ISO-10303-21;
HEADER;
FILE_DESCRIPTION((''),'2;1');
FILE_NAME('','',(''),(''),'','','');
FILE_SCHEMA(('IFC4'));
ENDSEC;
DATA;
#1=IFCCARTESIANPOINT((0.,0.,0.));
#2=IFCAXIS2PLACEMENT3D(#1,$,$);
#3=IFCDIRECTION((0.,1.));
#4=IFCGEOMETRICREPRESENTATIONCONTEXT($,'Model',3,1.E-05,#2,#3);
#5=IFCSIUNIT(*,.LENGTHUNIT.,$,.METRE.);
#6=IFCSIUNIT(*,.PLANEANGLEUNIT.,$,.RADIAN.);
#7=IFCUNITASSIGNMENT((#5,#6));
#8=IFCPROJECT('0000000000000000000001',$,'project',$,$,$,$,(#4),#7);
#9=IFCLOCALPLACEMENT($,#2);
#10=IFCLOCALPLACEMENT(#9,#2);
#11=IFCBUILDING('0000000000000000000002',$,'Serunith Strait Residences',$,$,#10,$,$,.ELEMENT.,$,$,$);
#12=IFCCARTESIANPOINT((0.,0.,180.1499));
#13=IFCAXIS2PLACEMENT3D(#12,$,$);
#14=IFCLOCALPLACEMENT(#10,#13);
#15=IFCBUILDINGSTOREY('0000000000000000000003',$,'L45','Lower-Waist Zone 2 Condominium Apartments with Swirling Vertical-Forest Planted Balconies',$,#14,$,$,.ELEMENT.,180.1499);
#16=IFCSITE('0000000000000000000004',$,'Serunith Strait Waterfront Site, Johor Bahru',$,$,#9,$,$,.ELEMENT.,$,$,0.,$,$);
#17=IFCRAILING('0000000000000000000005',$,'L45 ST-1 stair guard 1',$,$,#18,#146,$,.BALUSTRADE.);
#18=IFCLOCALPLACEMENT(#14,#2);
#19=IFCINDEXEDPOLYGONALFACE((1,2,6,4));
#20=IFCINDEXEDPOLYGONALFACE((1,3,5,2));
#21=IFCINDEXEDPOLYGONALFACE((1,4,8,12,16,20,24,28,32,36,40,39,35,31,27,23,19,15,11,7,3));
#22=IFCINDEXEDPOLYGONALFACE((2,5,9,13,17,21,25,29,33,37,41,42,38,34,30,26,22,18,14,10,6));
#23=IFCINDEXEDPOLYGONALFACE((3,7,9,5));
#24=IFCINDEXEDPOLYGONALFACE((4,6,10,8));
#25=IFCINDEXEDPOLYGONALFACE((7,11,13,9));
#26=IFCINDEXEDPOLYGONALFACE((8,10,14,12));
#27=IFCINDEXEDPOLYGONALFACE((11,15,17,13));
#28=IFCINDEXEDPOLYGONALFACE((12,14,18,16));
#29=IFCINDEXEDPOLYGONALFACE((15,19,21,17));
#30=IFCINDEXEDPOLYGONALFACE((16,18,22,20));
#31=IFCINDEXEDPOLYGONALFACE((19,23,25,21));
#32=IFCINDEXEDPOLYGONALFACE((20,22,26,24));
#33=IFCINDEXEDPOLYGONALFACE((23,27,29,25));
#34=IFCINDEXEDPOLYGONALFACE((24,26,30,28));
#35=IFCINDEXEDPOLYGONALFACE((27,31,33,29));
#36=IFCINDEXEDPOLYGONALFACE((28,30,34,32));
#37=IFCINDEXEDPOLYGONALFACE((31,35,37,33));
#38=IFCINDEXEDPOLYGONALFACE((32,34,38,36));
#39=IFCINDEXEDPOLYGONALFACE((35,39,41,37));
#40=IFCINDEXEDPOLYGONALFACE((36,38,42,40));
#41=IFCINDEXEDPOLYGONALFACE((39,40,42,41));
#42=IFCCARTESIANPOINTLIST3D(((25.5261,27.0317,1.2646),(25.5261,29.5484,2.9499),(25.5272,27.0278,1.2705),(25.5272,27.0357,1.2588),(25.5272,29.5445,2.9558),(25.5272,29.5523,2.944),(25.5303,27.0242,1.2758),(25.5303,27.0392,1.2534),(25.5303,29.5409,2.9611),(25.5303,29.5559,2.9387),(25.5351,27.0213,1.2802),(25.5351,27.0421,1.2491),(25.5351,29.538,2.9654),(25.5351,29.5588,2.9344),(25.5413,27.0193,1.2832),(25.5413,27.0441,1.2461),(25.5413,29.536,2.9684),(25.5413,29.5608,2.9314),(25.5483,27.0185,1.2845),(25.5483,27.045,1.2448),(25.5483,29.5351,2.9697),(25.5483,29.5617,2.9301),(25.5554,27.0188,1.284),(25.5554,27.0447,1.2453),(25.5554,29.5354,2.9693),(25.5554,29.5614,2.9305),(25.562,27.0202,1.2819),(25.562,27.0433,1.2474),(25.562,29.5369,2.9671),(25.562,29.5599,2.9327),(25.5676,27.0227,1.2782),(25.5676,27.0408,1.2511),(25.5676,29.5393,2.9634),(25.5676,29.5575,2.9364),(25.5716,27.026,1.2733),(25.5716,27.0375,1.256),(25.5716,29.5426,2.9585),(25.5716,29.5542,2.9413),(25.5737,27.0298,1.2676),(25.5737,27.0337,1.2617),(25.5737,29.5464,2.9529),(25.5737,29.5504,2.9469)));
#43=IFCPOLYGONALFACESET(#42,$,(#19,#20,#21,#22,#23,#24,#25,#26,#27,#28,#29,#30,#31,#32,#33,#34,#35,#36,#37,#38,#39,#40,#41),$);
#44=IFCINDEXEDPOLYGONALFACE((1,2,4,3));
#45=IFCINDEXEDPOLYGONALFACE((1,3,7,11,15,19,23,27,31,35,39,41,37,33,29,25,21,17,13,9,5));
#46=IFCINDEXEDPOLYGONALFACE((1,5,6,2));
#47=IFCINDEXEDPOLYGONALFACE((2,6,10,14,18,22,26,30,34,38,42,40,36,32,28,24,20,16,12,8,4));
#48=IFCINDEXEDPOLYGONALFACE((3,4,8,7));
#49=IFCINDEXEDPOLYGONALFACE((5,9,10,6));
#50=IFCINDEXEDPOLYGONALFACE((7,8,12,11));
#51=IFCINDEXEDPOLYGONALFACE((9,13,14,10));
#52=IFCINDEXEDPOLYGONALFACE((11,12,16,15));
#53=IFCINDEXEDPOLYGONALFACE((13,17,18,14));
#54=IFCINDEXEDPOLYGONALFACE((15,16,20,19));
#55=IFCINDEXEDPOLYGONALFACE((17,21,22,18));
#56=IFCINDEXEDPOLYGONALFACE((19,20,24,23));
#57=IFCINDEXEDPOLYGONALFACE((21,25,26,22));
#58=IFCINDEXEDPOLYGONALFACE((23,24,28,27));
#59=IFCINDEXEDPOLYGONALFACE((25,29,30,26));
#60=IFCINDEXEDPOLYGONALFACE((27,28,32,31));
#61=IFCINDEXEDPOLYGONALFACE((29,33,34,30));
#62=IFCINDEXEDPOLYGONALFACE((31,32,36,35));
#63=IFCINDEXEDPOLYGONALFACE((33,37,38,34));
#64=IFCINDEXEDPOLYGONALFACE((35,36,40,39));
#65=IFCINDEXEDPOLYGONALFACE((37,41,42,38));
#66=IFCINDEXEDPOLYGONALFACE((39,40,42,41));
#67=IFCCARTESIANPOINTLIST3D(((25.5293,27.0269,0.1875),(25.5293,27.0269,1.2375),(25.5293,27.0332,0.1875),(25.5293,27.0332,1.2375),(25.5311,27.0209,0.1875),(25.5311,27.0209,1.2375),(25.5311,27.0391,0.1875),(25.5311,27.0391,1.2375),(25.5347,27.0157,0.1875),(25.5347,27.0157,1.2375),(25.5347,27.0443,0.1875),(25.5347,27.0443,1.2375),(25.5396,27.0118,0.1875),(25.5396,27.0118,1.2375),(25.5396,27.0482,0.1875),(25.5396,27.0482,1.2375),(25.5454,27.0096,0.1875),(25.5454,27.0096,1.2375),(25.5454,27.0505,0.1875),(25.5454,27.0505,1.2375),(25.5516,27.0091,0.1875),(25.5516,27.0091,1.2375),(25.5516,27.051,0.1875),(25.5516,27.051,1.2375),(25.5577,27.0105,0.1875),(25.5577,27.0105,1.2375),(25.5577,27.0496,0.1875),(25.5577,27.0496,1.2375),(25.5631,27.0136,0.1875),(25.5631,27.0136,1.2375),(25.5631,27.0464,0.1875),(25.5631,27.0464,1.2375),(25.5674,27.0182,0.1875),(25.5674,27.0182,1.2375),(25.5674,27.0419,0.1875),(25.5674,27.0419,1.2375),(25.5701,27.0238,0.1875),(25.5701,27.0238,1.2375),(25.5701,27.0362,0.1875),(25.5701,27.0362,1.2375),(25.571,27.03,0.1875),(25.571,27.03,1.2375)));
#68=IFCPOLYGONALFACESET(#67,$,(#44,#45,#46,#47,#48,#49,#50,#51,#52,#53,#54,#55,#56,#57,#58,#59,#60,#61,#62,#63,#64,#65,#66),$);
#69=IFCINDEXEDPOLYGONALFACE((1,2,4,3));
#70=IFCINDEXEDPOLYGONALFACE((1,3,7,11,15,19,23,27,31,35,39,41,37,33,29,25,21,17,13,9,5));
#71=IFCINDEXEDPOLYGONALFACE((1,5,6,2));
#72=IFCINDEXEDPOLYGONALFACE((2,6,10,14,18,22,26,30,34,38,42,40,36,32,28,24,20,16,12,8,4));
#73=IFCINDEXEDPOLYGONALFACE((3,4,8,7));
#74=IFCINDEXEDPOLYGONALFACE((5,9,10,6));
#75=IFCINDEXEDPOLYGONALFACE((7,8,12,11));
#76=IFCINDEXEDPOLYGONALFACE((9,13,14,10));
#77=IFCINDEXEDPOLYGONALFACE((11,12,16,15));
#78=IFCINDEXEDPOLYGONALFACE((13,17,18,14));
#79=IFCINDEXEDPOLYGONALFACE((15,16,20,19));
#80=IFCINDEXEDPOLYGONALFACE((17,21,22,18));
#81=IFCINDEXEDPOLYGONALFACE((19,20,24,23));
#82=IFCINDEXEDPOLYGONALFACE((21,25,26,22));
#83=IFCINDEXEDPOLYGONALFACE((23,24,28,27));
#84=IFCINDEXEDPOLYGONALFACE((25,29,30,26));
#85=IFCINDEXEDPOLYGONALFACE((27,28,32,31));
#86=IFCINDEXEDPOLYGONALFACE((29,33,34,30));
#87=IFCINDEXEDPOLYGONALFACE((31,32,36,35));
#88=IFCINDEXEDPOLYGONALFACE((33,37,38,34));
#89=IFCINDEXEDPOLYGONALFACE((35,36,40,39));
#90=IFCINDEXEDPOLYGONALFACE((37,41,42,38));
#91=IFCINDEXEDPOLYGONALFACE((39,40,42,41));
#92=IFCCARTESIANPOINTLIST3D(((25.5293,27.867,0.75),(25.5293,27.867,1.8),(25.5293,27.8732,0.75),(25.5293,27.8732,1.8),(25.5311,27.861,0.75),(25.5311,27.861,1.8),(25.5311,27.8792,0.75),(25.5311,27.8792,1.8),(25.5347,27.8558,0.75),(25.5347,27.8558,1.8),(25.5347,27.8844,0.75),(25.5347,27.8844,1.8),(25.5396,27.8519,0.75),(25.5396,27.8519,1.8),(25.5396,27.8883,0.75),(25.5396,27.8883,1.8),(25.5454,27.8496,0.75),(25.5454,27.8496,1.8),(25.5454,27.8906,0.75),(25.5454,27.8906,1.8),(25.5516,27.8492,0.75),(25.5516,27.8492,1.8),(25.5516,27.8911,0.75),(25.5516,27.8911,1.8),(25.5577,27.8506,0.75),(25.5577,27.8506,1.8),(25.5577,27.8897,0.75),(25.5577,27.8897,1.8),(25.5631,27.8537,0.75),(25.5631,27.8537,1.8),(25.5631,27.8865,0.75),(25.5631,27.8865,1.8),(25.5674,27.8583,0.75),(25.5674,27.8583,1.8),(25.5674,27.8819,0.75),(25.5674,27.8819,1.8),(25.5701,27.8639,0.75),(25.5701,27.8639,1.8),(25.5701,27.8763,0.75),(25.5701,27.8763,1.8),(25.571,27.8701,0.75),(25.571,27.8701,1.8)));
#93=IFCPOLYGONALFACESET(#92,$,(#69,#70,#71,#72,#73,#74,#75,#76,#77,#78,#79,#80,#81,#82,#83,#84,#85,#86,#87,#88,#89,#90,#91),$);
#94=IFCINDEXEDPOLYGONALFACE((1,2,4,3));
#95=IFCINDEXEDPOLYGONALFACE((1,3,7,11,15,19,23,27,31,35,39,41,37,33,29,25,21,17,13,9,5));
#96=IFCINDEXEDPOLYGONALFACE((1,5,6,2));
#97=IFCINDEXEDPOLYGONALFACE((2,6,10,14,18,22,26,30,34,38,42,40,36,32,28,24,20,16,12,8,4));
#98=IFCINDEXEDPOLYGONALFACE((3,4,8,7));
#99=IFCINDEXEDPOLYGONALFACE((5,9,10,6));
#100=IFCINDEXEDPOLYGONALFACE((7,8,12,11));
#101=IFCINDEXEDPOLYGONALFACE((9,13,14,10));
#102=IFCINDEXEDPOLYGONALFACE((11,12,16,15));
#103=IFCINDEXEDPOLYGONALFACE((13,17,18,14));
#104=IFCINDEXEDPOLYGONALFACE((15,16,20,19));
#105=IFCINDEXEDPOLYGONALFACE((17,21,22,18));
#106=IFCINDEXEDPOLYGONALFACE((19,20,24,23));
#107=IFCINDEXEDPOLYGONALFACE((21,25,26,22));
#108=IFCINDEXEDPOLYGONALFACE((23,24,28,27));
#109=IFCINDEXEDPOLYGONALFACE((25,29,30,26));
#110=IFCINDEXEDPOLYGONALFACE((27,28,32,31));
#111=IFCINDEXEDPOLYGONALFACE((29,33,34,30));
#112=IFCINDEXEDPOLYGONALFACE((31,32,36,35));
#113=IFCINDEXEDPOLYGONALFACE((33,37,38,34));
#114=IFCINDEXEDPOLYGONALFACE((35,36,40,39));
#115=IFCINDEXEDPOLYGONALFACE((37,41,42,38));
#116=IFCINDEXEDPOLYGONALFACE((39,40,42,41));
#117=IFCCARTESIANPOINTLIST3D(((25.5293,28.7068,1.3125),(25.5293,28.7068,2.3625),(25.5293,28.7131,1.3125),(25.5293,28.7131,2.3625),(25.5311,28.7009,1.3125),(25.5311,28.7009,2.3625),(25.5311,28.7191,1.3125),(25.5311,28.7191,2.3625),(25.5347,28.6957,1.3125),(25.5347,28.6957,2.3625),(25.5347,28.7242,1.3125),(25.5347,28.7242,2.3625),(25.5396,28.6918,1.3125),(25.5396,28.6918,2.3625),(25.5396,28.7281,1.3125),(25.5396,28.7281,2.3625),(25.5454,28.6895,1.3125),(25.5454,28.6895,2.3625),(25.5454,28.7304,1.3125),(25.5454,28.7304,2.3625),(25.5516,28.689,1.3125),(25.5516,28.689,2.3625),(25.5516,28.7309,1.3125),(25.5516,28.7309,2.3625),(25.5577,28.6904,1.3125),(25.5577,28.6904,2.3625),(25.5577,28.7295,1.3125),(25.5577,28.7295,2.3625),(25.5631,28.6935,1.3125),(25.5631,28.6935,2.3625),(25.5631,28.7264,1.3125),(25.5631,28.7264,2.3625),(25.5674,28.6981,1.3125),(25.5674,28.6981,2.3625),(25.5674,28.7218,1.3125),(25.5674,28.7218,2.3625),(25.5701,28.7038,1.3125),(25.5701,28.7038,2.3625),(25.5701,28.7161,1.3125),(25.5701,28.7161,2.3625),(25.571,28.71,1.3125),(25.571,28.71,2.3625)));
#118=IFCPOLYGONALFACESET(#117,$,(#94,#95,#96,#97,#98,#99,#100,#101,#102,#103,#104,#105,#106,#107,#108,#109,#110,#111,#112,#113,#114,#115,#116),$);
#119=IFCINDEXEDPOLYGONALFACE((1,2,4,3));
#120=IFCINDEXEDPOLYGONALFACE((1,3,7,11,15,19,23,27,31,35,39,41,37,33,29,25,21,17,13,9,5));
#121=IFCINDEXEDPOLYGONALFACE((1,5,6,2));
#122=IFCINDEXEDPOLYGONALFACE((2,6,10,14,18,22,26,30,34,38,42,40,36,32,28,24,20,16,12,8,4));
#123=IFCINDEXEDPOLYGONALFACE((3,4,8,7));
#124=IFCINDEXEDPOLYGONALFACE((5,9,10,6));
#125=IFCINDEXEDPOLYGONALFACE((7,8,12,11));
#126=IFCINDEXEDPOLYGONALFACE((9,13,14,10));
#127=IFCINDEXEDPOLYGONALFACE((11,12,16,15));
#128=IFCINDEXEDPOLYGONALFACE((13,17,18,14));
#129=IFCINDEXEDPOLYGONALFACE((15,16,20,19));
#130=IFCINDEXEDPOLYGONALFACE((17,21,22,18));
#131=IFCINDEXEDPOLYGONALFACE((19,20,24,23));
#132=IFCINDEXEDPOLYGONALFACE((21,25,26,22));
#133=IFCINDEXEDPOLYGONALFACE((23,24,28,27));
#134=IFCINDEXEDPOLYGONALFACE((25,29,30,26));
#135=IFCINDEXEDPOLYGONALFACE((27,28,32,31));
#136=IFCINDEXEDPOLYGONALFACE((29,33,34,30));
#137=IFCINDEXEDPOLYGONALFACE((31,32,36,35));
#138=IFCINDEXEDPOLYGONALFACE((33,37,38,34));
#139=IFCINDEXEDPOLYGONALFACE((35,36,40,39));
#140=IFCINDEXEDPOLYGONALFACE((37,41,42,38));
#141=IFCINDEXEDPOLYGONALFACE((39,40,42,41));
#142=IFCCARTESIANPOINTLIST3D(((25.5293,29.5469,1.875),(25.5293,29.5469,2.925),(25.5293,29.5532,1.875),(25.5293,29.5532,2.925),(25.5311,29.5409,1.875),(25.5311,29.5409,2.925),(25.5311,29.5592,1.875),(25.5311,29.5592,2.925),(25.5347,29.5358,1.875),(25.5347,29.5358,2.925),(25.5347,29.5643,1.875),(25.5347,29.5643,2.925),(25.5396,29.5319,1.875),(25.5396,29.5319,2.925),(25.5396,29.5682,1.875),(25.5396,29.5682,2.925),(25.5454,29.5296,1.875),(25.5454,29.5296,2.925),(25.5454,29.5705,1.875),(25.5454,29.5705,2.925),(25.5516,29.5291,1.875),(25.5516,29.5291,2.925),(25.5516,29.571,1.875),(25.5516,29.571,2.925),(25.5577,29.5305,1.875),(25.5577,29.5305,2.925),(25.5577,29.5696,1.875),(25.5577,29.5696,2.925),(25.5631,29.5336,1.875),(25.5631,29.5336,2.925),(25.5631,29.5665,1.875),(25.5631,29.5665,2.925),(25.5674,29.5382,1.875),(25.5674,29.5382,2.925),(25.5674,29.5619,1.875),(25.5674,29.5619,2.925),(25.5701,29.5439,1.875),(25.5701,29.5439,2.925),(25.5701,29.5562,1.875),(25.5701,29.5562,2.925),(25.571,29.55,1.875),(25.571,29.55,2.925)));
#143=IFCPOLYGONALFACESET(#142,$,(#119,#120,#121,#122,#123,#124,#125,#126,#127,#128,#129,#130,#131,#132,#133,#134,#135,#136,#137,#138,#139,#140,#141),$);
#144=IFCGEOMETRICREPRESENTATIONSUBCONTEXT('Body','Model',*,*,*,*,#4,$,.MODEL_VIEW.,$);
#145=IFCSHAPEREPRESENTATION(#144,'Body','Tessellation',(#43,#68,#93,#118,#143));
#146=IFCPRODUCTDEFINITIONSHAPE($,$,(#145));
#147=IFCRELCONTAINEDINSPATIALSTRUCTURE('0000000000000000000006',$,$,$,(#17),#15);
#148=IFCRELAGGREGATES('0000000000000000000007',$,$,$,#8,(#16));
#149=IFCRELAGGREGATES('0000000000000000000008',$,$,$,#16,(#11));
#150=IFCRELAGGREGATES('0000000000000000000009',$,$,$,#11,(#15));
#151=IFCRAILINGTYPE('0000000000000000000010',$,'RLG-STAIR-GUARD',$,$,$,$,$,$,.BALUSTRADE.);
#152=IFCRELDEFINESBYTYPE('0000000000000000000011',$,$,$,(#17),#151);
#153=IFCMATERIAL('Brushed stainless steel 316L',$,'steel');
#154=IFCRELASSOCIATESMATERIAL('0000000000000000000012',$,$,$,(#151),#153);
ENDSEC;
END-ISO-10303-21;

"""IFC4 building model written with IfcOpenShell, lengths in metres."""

from ifc_helpers import new_model, si_unit, direction, frame, origin, origin_2d, place, context, subcontext, project, spatial, circle, extrude, material, type_object, element, save


model = new_model("IFC4")

# Units and contexts
model_context = context("Model", 3, precision=1e-05, world=origin(), true_north=direction((0.0, 1.0)))
body_context = subcontext(model_context, "Body", "Model", "MODEL_VIEW")
ifc_project = project(units=[si_unit("LENGTHUNIT", "METRE"), si_unit("PLANEANGLEUNIT", "RADIAN")], contexts=[model_context])

# Site, building, storey
site_placement = place(None, origin())
site = spatial("IfcSite", under=ifc_project, at=site_placement, Name="Serunith Strait Waterfront Site, Johor Bahru", CompositionType="ELEMENT", RefElevation=0.0)
building_placement = place(site_placement, origin())
building = spatial("IfcBuilding", under=site, at=building_placement, Name="Serunith Strait Residences", CompositionType="ELEMENT")
storey_placement = place(building_placement, frame((0.0, 0.0, 180.1499)))
storey = spatial("IfcBuildingStorey", under=building, at=storey_placement, Name="L45", Description="Lower-Waist Zone 2 Condominium Apartments with Swirling Vertical-Forest Planted Balconies", CompositionType="ELEMENT", Elevation=180.1499)

# Railing
ifc_material_1 = material(Name="Brushed stainless steel 316L", Category="steel")
railing_type_1 = type_object("IfcRailingType", Name="RLG-STAIR-GUARD", PredefinedType="BALUSTRADE", material=ifc_material_1)
railing_1_placement = place(storey_placement, frame((25.55, 27.03, 0.1875)))
element("IfcRailing", 1, at=railing_1_placement, inside=storey, type_object=railing_type_1, Name="L45 ST-1 stair guard 1", PredefinedType="BALUSTRADE", context=body_context, shape_type="SweptSolid", body=[
    extrude(circle(Radius=0.0239, at=origin_2d()), frame((0.0, 0.0017, 1.0771), z_axis=(0.0, 0.830909, 0.556408), x_axis=(-1.0, 0.0, 0.0)), (0.0, 0.0, 1.0), 3.0288),
    extrude(circle(Radius=0.021, at=origin_2d()), origin(), (0.0, 0.0, 1.0), 1.05),
    extrude(circle(Radius=0.021, at=origin_2d()), frame((0.0, 0.8401, 0.5625)), (0.0, 0.0, 1.0), 1.05),
    extrude(circle(Radius=0.021, at=origin_2d()), frame((0.0, 1.6799, 1.125)), (0.0, 0.0, 1.0), 1.05),
    extrude(circle(Radius=0.021, at=origin_2d()), frame((0.0, 2.52, 1.6875)), (0.0, 0.0, 1.0), 1.05),
])

save(model, "model.ifc")
